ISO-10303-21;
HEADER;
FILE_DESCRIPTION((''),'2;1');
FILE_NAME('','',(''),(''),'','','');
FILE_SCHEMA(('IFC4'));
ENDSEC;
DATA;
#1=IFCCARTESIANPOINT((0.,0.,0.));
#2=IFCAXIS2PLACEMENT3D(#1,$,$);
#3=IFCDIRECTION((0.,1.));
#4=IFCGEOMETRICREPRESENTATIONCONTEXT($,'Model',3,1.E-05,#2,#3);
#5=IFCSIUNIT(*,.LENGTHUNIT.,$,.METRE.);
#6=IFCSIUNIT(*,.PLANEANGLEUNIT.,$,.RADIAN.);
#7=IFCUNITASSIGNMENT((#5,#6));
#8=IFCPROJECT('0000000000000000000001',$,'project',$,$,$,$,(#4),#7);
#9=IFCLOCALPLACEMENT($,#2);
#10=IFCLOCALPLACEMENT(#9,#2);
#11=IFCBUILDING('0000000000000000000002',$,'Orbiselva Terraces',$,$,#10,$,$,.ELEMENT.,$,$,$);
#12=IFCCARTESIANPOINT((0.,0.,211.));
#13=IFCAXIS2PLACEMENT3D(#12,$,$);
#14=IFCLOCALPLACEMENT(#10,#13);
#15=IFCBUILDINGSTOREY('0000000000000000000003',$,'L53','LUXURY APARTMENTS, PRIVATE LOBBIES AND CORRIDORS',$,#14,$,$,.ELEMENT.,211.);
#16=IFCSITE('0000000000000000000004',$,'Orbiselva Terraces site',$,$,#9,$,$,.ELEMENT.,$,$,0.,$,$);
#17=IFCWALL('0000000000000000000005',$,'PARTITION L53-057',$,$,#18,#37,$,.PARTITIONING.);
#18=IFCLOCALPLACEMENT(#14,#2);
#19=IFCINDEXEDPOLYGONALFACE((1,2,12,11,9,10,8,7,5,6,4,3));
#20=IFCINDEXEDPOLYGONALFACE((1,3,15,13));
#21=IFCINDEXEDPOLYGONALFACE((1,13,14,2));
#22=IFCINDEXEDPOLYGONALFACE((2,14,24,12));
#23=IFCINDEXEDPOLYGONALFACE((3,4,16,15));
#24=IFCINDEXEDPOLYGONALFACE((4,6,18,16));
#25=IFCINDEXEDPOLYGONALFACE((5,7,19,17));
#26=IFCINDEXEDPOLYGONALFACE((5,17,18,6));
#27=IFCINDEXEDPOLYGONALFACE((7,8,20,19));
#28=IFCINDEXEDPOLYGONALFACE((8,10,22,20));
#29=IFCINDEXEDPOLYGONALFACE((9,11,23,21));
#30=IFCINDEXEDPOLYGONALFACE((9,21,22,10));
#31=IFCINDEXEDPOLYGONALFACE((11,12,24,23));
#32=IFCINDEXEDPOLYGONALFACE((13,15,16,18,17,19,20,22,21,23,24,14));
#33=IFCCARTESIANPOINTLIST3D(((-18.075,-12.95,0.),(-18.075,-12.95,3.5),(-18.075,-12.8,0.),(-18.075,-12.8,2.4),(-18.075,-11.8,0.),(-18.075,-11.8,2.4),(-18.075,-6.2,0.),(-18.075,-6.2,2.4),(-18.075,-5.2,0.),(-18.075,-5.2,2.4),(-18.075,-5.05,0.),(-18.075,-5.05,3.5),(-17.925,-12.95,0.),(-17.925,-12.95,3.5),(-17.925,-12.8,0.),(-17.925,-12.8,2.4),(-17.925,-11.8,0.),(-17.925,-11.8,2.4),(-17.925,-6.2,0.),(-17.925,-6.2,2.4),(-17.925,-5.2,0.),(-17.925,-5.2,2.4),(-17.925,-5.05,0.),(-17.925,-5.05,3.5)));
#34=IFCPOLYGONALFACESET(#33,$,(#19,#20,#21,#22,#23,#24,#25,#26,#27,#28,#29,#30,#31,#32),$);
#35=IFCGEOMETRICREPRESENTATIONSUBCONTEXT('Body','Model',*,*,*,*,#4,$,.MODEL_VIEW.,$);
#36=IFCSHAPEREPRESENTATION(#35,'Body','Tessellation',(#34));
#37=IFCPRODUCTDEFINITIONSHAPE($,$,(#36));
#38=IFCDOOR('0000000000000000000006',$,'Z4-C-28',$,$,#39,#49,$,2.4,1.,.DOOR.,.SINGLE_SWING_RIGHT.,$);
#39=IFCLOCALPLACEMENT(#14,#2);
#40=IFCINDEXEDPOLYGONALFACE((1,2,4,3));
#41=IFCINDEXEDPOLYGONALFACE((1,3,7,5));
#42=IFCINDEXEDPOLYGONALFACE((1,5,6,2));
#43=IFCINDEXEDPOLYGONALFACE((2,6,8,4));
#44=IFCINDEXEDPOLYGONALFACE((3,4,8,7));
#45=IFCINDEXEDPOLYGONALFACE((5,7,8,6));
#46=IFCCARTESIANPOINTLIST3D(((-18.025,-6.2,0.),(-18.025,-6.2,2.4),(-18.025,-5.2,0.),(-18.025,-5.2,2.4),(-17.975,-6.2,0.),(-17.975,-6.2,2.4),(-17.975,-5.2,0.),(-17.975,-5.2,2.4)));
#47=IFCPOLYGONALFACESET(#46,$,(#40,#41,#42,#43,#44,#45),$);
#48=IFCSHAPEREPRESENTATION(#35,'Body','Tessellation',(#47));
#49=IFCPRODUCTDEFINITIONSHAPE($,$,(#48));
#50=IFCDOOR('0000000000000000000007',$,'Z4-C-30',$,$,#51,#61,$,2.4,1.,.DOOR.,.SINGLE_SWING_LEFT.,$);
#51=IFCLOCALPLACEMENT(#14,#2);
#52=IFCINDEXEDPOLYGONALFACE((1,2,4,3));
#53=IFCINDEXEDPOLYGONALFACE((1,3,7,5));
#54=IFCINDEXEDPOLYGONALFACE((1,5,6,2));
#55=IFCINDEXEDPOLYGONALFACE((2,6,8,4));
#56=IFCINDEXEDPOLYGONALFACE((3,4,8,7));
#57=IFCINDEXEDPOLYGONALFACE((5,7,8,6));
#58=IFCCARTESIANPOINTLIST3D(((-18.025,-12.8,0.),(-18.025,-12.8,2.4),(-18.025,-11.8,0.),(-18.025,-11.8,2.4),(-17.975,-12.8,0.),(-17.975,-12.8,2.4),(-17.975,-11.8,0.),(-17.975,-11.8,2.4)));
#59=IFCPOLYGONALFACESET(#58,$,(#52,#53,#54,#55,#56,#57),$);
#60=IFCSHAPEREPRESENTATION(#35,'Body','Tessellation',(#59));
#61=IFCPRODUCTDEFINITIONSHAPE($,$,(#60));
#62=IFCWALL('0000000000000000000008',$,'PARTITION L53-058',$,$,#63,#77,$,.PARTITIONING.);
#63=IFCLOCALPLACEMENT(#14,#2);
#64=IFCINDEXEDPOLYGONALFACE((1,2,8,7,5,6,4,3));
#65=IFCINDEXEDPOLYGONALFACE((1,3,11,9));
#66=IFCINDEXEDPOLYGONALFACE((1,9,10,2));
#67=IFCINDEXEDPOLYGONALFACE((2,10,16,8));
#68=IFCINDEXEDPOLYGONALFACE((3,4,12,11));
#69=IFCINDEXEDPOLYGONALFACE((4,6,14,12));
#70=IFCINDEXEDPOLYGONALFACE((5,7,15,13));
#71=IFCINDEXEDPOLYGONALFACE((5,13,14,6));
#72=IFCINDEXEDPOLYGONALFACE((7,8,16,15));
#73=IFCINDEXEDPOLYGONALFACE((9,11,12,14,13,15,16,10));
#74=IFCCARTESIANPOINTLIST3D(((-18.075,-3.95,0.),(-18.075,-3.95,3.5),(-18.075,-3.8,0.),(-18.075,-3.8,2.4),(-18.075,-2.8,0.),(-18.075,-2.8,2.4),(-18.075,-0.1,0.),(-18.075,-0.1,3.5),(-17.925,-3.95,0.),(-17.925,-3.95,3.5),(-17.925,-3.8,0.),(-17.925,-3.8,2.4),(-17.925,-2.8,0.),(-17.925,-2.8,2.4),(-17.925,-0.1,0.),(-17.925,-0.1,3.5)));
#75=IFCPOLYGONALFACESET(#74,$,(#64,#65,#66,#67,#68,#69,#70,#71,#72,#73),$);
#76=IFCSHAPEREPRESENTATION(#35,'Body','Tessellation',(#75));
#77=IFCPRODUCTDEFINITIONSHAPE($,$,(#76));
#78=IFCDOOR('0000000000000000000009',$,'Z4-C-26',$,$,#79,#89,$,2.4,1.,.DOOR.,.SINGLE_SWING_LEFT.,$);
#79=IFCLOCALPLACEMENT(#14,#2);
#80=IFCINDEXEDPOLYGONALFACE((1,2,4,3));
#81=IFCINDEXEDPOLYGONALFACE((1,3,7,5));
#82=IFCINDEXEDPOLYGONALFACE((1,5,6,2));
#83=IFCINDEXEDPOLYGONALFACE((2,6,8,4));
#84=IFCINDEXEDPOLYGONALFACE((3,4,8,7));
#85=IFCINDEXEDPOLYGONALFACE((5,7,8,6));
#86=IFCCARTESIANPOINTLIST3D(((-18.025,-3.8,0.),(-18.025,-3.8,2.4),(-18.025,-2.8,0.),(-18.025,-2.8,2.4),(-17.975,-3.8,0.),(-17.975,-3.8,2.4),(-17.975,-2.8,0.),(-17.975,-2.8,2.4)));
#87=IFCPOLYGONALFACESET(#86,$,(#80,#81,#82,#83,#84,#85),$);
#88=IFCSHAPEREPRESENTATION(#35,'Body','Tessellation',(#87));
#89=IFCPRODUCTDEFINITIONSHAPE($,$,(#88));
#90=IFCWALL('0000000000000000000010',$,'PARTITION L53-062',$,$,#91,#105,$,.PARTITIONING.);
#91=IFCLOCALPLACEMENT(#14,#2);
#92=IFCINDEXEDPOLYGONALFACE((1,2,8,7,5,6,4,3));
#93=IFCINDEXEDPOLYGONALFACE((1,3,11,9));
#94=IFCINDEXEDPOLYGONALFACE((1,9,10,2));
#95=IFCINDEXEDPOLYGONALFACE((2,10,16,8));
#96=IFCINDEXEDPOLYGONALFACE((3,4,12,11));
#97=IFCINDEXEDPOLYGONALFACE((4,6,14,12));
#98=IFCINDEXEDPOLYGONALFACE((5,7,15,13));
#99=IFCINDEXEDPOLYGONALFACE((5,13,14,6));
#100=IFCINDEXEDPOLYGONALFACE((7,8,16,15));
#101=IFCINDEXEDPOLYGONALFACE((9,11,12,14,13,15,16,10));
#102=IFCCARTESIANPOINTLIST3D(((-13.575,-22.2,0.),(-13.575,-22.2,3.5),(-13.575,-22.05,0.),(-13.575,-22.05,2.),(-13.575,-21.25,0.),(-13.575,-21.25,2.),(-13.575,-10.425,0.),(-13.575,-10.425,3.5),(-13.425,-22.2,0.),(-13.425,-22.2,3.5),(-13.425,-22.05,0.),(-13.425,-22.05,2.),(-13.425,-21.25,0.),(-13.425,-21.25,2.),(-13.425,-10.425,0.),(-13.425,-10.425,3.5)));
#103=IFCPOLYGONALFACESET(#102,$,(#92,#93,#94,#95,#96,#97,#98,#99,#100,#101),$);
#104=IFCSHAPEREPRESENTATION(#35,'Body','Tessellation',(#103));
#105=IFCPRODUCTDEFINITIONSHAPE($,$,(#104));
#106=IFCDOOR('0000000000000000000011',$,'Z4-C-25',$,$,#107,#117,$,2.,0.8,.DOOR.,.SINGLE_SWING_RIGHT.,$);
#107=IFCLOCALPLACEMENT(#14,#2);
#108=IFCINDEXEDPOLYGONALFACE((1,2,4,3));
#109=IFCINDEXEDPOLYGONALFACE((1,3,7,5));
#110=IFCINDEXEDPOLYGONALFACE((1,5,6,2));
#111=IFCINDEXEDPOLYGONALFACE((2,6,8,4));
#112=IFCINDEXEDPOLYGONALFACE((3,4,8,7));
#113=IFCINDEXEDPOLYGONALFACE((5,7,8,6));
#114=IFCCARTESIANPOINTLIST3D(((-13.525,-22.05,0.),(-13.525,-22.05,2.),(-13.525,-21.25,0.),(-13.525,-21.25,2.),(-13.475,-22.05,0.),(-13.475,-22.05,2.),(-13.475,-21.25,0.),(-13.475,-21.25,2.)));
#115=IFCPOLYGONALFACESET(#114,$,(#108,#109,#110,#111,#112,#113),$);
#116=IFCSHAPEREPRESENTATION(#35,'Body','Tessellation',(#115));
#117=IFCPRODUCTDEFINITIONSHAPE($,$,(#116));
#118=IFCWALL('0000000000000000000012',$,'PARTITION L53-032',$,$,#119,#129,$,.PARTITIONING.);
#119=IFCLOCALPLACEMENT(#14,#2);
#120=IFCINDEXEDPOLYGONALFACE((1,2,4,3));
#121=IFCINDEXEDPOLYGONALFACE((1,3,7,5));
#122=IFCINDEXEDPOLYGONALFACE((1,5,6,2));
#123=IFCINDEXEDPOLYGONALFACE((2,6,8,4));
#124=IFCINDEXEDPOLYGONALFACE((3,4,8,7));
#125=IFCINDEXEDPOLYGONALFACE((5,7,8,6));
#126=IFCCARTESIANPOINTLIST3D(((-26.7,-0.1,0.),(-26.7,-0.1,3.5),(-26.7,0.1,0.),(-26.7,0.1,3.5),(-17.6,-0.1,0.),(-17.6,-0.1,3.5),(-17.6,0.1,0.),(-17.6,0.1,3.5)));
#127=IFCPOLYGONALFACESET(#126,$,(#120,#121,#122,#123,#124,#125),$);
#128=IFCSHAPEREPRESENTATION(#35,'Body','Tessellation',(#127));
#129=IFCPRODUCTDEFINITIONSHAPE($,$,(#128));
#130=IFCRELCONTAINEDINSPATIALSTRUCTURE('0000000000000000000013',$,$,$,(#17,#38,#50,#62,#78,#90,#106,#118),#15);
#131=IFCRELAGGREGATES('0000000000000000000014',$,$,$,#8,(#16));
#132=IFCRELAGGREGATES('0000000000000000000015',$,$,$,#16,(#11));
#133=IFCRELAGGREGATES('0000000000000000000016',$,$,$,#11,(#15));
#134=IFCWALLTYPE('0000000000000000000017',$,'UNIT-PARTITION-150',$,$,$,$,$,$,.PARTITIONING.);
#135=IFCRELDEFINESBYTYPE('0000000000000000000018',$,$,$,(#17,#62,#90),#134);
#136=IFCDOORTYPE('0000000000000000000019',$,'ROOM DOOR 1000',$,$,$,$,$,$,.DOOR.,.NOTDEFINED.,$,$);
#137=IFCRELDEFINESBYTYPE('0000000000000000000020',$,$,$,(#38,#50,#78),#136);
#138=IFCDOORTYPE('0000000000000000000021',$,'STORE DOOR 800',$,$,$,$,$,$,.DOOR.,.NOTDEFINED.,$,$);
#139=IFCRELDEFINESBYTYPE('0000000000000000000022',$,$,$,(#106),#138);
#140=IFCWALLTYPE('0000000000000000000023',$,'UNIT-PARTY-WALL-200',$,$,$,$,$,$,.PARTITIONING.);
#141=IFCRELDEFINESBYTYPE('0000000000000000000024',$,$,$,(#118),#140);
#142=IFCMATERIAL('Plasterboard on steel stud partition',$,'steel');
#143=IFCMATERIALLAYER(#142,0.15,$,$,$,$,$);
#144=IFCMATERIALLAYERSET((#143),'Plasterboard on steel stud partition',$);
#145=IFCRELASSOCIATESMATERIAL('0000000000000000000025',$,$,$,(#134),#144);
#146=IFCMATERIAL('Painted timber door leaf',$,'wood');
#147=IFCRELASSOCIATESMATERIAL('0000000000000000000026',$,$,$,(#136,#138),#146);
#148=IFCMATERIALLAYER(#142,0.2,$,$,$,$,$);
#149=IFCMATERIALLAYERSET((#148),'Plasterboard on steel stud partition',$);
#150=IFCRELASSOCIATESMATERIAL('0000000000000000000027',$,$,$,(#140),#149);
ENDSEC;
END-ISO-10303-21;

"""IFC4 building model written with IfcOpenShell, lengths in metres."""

from ifc_helpers import new_model, si_unit, direction, frame, frame_2d, origin, place, context, subcontext, project, spatial, rectangle, extrude, material, layer, layer_set, type_object, element, fill, save


model = new_model("IFC4")

# Units and contexts
model_context = context("Model", 3, precision=1e-05, world=origin(), true_north=direction((0.0, 1.0)))
body_context = subcontext(model_context, "Body", "Model", "MODEL_VIEW")
ifc_project = project(units=[si_unit("LENGTHUNIT", "METRE"), si_unit("PLANEANGLEUNIT", "RADIAN")], contexts=[model_context])

# Site, building, storey
site_placement = place(None, origin())
site = spatial("IfcSite", under=ifc_project, at=site_placement, Name="Orbiselva Terraces site", CompositionType="ELEMENT", RefElevation=0.0)
building_placement = place(site_placement, origin())
building = spatial("IfcBuilding", under=site, at=building_placement, Name="Orbiselva Terraces", CompositionType="ELEMENT")
storey_placement = place(building_placement, frame((0.0, 0.0, 211.0)))
storey = spatial("IfcBuildingStorey", under=building, at=storey_placement, Name="L53", Description="LUXURY APARTMENTS, PRIVATE LOBBIES AND CORRIDORS", CompositionType="ELEMENT", Elevation=211.0)

# Shared definitions
ifc_material_1 = material(Name="Plasterboard on steel stud partition", Category="steel")
ifc_layer_1 = layer(ifc_material_1, 0.15)
ifc_layer_set_1 = layer_set([ifc_layer_1], Name="Plasterboard on steel stud partition")
wall_type_1 = type_object("IfcWallType", Name="UNIT-PARTITION-150", PredefinedType="PARTITIONING", material=ifc_layer_set_1)

# Shared definitions
ifc_material_2 = material(Name="Painted timber door leaf", Category="wood")

# Wall, openings, doors
wall_1_placement = place(storey_placement, frame((-18.0, -12.95, 0.0), z_axis=(0.0, 0.0, 1.0), x_axis=(0.0, 1.0, 0.0)))
wall_1 = element("IfcWall", 1, at=wall_1_placement, inside=storey, type_object=wall_type_1, Name="PARTITION L53-057", PredefinedType="PARTITIONING", context=body_context, shape_type="SweptSolid", body=[
    extrude(rectangle(XDim=7.9, YDim=0.15, at=frame_2d((3.95, 0.0))), origin(), (0.0, 0.0, 1.0), 3.5),
])
opening_1_placement = place(wall_1_placement, frame((6.75, 0.0, 0.0)))
opening_1 = element("IfcOpeningElement", 2, at=opening_1_placement, cuts=wall_1, PredefinedType="OPENING", context=body_context, shape_type="SweptSolid", body=[
    extrude(rectangle(XDim=1.0, YDim=2.4, at=frame_2d((0.5, 1.2))), frame((0.0, 0.085, 0.0), z_axis=(0.0, -1.0, 0.0), x_axis=(1.0, 0.0, 0.0)), (0.0, 0.0, 1.0), 0.17),
])
opening_2_placement = place(wall_1_placement, frame((0.15, 0.0, 0.0)))
opening_2 = element("IfcOpeningElement", 3, at=opening_2_placement, cuts=wall_1, PredefinedType="OPENING", context=body_context, shape_type="SweptSolid", body=[
    extrude(rectangle(XDim=1.0, YDim=2.4, at=frame_2d((0.5, 1.2))), frame((0.0, 0.085, 0.0), z_axis=(0.0, -1.0, 0.0), x_axis=(1.0, 0.0, 0.0)), (0.0, 0.0, 1.0), 0.17),
])
door_type_1 = type_object("IfcDoorType", Name="ROOM DOOR 1000", OperationType="NOTDEFINED", PredefinedType="DOOR", material=ifc_material_2)
door_1_placement = place(opening_1_placement, origin())
door_1 = element("IfcDoor", 4, at=door_1_placement, inside=storey, type_object=door_type_1, Name="Z4-C-28", OperationType="SINGLE_SWING_RIGHT", OverallHeight=2.4, OverallWidth=1.0, PredefinedType="DOOR", context=body_context, shape_type="SweptSolid", body=[
    extrude(rectangle(XDim=1.0, YDim=2.4, at=frame_2d((0.5, 1.2))), frame((0.0, 0.025, 0.0), z_axis=(0.0, -1.0, 0.0), x_axis=(1.0, 0.0, 0.0)), (0.0, 0.0, 1.0), 0.05),
])
fill(opening_1, door_1)
door_2_placement = place(opening_2_placement, origin())
door_2 = element("IfcDoor", 5, at=door_2_placement, inside=storey, type_object=door_type_1, Name="Z4-C-30", OperationType="SINGLE_SWING_LEFT", OverallHeight=2.4, OverallWidth=1.0, PredefinedType="DOOR", context=body_context, shape_type="SweptSolid", body=[
    extrude(rectangle(XDim=1.0, YDim=2.4, at=frame_2d((0.5, 1.2))), frame((0.0, 0.025, 0.0), z_axis=(0.0, -1.0, 0.0), x_axis=(1.0, 0.0, 0.0)), (0.0, 0.0, 1.0), 0.05),
])
fill(opening_2, door_2)

# Walls, openings, doors
wall_2_placement = place(storey_placement, frame((-18.0, -3.95, 0.0), z_axis=(0.0, 0.0, 1.0), x_axis=(0.0, 1.0, 0.0)))
wall_2 = element("IfcWall", 6, at=wall_2_placement, inside=storey, type_object=wall_type_1, Name="PARTITION L53-058", PredefinedType="PARTITIONING", context=body_context, shape_type="SweptSolid", body=[
    extrude(rectangle(XDim=3.85, YDim=0.15, at=frame_2d((1.925, 0.0))), origin(), (0.0, 0.0, 1.0), 3.5),
])
opening_3_placement = place(wall_2_placement, frame((0.15, 0.0, 0.0)))
opening_3 = element("IfcOpeningElement", 7, at=opening_3_placement, cuts=wall_2, PredefinedType="OPENING", context=body_context, shape_type="SweptSolid", body=[
    extrude(rectangle(XDim=1.0, YDim=2.4, at=frame_2d((0.5, 1.2))), frame((0.0, 0.085, 0.0), z_axis=(0.0, -1.0, 0.0), x_axis=(1.0, 0.0, 0.0)), (0.0, 0.0, 1.0), 0.17),
])
door_3_placement = place(opening_3_placement, origin())
door_3 = element("IfcDoor", 8, at=door_3_placement, inside=storey, type_object=door_type_1, Name="Z4-C-26", OperationType="SINGLE_SWING_LEFT", OverallHeight=2.4, OverallWidth=1.0, PredefinedType="DOOR", context=body_context, shape_type="SweptSolid", body=[
    extrude(rectangle(XDim=1.0, YDim=2.4, at=frame_2d((0.5, 1.2))), frame((0.0, 0.025, 0.0), z_axis=(0.0, -1.0, 0.0), x_axis=(1.0, 0.0, 0.0)), (0.0, 0.0, 1.0), 0.05),
])
fill(opening_3, door_3)
wall_3_placement = place(storey_placement, frame((-13.5, -10.425, 0.0), z_axis=(0.0, 0.0, 1.0), x_axis=(0.0, -1.0, 0.0)))
wall_3 = element("IfcWall", 9, at=wall_3_placement, inside=storey, type_object=wall_type_1, Name="PARTITION L53-062", PredefinedType="PARTITIONING", context=body_context, shape_type="SweptSolid", body=[
    extrude(rectangle(XDim=11.775, YDim=0.15, at=frame_2d((5.8875, 0.0))), origin(), (0.0, 0.0, 1.0), 3.5),
])
opening_4_placement = place(wall_3_placement, frame((10.825, 0.0, 0.0)))
opening_4 = element("IfcOpeningElement", 10, at=opening_4_placement, cuts=wall_3, PredefinedType="OPENING", context=body_context, shape_type="SweptSolid", body=[
    extrude(rectangle(XDim=0.8, YDim=2.0, at=frame_2d((0.4, 1.0))), frame((0.0, 0.085, 0.0), z_axis=(0.0, -1.0, 0.0), x_axis=(1.0, 0.0, 0.0)), (0.0, 0.0, 1.0), 0.17),
])
door_type_2 = type_object("IfcDoorType", Name="STORE DOOR 800", OperationType="NOTDEFINED", PredefinedType="DOOR", material=ifc_material_2)
door_4_placement = place(opening_4_placement, origin())
door_4 = element("IfcDoor", 11, at=door_4_placement, inside=storey, type_object=door_type_2, Name="Z4-C-25", OperationType="SINGLE_SWING_RIGHT", OverallHeight=2.0, OverallWidth=0.8, PredefinedType="DOOR", context=body_context, shape_type="SweptSolid", body=[
    extrude(rectangle(XDim=0.8, YDim=2.0, at=frame_2d((0.4, 1.0))), frame((0.0, 0.025, 0.0), z_axis=(0.0, -1.0, 0.0), x_axis=(1.0, 0.0, 0.0)), (0.0, 0.0, 1.0), 0.05),
])
fill(opening_4, door_4)

# Wall
ifc_layer_2 = layer(ifc_material_1, 0.2)
ifc_layer_set_2 = layer_set([ifc_layer_2], Name="Plasterboard on steel stud partition")
wall_type_2 = type_object("IfcWallType", Name="UNIT-PARTY-WALL-200", PredefinedType="PARTITIONING", material=ifc_layer_set_2)
wall_4_placement = place(storey_placement, frame((-26.7, 0.0, 0.0), z_axis=(0.0, 0.0, 1.0), x_axis=(1.0, 0.0, 0.0)))
element("IfcWall", 12, at=wall_4_placement, inside=storey, type_object=wall_type_2, Name="PARTITION L53-032", PredefinedType="PARTITIONING", context=body_context, shape_type="SweptSolid", body=[
    extrude(rectangle(XDim=9.1, YDim=0.2, at=frame_2d((4.55, 0.0))), origin(), (0.0, 0.0, 1.0), 3.5),
])

save(model, "model.ifc")
